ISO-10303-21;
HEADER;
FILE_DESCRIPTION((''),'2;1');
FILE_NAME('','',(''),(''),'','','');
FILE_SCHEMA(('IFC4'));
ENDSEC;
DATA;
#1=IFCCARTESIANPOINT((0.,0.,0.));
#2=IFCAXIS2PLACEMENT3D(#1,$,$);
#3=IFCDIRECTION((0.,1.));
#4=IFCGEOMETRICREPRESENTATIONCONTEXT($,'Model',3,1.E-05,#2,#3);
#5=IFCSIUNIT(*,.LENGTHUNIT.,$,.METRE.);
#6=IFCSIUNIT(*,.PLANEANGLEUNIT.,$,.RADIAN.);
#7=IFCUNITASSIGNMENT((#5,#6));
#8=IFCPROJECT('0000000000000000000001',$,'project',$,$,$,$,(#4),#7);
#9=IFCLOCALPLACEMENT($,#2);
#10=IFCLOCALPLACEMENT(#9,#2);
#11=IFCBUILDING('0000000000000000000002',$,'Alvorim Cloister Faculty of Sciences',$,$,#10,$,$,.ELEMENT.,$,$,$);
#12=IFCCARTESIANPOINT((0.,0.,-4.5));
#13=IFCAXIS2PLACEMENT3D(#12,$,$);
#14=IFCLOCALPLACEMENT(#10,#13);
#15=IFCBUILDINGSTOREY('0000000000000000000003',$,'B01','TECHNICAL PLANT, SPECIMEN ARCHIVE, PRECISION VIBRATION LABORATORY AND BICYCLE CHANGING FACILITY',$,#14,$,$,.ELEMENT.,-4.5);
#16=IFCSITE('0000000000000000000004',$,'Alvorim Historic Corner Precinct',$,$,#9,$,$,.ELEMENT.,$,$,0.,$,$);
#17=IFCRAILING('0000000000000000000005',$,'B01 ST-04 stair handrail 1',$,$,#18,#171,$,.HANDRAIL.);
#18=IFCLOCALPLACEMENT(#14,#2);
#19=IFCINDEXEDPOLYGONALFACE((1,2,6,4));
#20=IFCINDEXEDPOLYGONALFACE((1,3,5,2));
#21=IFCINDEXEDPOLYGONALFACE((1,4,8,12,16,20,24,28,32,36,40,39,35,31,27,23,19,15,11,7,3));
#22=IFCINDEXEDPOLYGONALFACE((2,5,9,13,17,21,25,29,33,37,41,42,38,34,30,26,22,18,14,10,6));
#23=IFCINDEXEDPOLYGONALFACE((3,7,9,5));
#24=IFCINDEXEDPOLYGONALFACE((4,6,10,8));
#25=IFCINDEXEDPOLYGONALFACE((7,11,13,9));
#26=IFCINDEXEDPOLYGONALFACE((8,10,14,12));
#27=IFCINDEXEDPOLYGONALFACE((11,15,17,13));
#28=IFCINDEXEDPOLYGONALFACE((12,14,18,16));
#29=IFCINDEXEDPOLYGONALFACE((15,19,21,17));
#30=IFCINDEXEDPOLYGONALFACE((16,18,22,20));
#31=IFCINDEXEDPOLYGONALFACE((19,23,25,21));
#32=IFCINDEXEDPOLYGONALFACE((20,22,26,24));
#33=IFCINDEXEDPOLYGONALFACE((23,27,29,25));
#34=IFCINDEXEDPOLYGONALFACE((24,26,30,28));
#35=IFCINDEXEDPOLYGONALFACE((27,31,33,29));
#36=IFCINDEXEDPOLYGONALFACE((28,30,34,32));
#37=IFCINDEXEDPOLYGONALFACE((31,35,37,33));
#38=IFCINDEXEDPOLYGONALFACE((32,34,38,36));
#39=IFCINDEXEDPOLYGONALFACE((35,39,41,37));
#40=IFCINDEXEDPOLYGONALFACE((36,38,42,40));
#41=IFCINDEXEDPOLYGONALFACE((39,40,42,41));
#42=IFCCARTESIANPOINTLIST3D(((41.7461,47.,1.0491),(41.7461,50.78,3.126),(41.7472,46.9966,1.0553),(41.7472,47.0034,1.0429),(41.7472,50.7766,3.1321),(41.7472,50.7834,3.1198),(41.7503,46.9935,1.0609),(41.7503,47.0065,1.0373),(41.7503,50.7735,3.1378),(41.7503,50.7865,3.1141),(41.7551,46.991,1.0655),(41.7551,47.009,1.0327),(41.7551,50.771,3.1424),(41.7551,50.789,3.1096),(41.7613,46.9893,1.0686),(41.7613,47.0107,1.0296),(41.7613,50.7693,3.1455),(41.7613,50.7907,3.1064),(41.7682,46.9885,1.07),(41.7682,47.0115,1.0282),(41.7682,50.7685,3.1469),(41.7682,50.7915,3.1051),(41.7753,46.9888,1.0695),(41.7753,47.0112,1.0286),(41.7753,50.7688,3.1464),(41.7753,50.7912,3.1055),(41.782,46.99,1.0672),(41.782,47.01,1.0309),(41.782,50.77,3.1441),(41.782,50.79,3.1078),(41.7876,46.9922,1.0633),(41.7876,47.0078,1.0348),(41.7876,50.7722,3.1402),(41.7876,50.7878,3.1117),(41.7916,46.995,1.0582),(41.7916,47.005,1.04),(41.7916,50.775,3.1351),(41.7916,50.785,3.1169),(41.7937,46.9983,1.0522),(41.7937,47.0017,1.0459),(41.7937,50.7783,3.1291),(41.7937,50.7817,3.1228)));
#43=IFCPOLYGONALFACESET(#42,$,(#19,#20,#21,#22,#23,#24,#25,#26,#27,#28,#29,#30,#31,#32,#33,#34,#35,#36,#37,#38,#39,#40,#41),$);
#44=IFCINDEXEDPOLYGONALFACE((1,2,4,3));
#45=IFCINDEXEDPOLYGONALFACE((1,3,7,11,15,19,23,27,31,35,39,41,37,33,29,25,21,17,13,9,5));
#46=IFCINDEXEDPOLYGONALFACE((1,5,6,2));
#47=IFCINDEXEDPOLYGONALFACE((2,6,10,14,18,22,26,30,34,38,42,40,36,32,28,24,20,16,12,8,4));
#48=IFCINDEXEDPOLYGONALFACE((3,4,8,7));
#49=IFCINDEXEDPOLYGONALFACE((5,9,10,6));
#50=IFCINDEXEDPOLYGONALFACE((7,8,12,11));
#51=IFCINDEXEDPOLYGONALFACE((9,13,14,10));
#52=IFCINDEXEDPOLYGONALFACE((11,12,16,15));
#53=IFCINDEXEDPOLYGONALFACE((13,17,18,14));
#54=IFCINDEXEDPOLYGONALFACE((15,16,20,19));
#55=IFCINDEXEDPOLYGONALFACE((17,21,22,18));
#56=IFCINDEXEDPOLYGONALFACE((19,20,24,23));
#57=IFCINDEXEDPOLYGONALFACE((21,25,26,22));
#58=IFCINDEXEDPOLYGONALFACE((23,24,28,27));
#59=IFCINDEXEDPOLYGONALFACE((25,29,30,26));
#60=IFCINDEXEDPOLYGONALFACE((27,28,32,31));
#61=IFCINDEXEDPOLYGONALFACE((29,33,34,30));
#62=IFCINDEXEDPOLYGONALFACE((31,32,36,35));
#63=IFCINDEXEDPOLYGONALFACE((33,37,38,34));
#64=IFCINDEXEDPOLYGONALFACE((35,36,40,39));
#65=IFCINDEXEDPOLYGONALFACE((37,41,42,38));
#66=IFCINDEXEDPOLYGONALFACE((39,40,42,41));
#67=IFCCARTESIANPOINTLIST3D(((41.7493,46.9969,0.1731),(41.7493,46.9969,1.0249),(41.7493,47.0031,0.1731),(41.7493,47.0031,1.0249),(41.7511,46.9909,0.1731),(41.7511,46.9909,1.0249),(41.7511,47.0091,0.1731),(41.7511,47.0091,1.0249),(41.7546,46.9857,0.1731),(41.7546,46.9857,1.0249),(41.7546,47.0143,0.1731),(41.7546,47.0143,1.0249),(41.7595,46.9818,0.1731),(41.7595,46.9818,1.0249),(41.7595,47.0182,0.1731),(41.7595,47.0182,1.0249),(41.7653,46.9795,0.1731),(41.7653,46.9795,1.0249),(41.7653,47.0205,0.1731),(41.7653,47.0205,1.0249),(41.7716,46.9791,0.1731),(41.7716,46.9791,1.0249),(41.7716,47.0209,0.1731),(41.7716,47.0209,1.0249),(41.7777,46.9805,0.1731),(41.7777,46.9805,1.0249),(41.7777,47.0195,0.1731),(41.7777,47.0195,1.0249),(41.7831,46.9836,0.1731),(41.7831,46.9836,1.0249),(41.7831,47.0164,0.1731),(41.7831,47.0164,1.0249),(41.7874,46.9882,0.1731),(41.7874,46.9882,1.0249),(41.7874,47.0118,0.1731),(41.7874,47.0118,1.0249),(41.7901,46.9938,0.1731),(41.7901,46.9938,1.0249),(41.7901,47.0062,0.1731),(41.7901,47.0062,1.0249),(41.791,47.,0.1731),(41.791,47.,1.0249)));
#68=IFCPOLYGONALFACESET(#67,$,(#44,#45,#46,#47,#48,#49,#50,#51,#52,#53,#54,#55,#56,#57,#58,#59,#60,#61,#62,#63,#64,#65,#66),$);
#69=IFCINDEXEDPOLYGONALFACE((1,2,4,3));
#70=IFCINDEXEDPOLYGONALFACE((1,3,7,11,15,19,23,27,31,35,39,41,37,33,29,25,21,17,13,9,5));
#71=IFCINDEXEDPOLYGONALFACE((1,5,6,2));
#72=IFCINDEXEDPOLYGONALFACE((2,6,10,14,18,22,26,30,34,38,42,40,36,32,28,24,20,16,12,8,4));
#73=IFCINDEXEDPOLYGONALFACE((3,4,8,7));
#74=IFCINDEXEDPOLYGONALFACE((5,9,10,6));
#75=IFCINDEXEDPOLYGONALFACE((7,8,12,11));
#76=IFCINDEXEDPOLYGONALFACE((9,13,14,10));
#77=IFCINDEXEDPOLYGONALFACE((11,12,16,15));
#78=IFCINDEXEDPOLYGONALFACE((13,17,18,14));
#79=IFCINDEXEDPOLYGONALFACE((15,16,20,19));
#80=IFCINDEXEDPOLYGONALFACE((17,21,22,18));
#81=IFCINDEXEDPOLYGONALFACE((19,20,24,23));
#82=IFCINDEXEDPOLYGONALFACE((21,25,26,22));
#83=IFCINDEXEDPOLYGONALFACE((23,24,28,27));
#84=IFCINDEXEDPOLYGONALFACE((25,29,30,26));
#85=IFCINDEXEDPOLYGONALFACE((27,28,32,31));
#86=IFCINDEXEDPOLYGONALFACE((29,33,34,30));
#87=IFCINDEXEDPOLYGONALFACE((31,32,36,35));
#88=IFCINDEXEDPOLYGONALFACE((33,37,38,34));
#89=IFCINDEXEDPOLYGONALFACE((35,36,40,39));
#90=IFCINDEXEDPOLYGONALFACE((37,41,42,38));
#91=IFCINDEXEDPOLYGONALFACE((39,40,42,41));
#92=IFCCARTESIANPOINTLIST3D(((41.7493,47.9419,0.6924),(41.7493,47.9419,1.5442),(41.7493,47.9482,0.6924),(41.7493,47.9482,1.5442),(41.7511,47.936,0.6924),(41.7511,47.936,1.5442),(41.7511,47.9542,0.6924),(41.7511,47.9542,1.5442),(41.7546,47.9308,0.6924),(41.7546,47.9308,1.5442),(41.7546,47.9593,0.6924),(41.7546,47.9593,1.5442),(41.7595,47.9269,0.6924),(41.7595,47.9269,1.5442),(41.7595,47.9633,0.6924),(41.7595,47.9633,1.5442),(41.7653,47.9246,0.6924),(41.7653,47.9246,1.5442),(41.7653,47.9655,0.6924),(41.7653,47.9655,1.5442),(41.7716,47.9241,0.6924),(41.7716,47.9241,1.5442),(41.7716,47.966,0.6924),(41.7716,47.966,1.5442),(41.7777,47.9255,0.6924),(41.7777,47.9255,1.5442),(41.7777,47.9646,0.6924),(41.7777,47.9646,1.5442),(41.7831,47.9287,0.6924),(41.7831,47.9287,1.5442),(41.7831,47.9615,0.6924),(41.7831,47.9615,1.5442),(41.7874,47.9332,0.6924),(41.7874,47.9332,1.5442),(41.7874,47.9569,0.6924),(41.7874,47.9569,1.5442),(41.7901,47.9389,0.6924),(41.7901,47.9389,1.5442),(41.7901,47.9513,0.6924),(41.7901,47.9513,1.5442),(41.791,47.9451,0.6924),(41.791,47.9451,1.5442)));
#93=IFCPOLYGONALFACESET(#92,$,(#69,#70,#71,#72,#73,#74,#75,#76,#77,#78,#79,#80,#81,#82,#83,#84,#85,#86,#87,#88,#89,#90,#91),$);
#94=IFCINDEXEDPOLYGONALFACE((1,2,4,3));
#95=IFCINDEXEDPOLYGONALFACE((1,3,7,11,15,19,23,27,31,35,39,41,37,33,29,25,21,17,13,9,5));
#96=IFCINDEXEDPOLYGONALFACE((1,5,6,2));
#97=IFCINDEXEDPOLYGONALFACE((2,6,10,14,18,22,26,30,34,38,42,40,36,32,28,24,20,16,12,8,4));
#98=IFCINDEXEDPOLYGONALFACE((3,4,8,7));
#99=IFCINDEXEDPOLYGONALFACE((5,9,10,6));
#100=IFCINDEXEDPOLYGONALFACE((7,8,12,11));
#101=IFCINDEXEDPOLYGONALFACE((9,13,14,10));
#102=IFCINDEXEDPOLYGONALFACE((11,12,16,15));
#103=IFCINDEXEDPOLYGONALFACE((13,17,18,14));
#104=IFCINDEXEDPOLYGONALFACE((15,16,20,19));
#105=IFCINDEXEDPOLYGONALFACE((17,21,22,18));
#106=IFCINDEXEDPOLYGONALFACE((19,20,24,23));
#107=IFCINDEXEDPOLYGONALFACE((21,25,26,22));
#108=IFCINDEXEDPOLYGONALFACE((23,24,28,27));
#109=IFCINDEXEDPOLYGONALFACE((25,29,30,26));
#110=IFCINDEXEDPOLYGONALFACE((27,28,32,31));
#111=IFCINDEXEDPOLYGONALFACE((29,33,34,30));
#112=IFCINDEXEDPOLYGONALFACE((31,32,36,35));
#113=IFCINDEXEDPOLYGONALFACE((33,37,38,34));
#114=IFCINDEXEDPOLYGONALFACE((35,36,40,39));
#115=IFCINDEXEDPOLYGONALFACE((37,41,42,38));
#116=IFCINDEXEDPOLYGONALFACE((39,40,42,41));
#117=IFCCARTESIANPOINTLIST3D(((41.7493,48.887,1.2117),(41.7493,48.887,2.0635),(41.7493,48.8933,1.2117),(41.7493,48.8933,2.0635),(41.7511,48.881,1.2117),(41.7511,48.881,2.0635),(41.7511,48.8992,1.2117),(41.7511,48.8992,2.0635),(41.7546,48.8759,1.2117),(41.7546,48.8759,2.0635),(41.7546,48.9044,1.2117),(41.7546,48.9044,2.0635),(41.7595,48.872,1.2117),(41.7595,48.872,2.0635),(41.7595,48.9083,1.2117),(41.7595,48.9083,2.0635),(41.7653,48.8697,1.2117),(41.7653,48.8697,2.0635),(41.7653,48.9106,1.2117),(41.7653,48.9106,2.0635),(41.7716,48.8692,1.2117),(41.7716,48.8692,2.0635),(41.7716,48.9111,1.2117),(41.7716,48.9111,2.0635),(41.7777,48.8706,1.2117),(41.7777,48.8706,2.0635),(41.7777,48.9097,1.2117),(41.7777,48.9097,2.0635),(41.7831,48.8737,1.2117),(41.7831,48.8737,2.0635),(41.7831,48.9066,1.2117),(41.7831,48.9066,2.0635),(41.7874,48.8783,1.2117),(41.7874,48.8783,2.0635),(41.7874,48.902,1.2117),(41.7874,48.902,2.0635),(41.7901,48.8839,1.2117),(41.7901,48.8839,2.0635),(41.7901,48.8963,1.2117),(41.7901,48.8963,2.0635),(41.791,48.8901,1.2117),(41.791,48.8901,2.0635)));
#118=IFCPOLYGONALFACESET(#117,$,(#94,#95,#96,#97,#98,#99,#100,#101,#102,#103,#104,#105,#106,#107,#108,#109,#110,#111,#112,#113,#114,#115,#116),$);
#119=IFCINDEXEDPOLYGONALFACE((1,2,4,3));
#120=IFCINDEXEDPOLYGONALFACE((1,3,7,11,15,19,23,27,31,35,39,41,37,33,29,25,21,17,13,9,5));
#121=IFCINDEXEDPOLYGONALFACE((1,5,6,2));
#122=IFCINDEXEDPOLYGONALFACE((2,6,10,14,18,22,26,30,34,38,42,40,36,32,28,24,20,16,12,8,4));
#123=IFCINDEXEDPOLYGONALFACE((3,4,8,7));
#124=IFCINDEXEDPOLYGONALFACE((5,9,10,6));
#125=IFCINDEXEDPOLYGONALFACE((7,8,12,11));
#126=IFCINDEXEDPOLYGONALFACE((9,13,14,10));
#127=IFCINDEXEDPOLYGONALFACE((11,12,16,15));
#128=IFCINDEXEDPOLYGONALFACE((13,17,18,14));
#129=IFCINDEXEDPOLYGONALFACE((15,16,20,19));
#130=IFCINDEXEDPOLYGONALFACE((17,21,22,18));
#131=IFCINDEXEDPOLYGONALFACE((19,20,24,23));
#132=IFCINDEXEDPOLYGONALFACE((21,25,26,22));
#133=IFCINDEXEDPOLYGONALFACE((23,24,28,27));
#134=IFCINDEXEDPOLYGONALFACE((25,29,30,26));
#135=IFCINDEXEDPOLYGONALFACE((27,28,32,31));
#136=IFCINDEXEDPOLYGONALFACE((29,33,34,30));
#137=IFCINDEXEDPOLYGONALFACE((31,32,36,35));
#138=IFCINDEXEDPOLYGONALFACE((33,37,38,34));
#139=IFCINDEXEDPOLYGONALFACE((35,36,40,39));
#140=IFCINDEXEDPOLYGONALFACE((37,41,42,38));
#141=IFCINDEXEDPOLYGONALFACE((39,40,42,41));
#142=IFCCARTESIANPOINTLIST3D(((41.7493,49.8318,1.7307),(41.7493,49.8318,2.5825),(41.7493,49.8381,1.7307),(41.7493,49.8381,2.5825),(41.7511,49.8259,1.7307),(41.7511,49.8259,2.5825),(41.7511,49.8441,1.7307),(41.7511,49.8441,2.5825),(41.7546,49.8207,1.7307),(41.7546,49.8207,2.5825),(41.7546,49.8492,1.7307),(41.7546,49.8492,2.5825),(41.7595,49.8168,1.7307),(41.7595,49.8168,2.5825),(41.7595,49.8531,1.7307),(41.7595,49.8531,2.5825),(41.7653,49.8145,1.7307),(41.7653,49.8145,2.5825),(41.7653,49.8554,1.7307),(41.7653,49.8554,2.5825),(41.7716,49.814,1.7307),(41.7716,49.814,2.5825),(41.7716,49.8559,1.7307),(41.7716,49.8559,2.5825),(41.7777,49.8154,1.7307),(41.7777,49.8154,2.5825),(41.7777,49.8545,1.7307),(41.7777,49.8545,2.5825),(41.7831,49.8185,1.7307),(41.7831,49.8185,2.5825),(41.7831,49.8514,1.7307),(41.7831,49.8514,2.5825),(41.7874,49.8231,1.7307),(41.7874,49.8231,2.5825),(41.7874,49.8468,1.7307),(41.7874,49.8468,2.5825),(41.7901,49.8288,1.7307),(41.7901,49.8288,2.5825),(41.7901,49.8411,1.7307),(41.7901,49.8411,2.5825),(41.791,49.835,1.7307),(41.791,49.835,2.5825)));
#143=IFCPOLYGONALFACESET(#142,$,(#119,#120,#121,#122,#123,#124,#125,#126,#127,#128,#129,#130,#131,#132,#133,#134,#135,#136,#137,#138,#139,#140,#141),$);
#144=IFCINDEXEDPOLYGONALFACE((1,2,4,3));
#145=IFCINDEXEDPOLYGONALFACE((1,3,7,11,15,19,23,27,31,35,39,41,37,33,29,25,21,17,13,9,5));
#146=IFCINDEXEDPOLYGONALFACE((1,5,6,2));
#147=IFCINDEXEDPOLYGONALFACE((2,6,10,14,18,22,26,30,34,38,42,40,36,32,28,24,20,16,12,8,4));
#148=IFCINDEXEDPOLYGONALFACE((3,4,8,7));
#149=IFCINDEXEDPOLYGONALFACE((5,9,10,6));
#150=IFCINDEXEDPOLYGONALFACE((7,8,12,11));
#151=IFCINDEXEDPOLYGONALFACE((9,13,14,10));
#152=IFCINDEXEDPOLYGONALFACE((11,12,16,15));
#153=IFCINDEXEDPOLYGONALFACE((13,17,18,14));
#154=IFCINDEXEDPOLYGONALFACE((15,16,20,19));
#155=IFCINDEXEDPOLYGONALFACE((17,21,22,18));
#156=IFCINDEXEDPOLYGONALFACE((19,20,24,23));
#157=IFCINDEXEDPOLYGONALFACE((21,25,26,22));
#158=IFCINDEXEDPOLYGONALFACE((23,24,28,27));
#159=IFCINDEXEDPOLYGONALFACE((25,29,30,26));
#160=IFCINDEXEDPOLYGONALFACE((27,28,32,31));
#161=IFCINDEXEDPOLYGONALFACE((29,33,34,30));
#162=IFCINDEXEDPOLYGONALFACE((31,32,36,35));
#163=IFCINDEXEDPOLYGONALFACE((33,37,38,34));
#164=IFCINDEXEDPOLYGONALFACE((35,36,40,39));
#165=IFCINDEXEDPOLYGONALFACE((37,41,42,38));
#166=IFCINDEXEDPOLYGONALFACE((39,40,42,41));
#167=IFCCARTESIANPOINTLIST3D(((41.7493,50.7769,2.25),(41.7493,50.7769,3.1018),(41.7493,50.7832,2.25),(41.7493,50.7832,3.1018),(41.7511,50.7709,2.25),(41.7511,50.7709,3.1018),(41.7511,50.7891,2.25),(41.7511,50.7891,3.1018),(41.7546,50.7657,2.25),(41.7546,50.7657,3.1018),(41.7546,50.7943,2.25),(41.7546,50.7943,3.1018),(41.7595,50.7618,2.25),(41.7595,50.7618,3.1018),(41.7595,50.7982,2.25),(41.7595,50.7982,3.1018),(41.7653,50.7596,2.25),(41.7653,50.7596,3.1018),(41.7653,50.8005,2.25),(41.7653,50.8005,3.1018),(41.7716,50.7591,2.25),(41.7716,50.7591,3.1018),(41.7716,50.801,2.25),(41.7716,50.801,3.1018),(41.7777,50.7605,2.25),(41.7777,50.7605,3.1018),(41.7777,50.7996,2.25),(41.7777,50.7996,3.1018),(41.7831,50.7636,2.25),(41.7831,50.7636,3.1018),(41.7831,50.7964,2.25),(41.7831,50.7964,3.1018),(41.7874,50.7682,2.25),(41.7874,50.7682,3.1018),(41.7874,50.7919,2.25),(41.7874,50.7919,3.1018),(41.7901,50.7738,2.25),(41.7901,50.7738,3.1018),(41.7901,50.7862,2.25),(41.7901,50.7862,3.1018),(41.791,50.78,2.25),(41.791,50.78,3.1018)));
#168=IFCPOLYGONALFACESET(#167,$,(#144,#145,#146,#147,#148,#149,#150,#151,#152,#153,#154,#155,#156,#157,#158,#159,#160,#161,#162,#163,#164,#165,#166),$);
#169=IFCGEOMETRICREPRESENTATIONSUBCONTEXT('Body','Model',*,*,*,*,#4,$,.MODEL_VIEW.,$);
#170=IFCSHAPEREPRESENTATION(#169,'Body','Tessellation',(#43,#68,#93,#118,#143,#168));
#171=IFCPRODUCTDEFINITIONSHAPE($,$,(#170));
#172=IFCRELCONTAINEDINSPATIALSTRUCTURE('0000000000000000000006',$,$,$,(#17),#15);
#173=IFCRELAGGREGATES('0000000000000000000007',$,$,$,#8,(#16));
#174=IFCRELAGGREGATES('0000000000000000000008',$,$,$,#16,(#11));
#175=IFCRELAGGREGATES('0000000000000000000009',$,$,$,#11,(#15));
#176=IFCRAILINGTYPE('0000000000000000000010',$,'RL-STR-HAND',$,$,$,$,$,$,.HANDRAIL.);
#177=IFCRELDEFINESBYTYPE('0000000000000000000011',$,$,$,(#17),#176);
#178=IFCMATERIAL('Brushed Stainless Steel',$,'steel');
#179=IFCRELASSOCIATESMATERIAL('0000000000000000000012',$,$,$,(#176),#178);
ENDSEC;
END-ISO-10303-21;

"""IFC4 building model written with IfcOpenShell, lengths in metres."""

from ifc_helpers import new_model, si_unit, direction, frame, origin, origin_2d, place, context, subcontext, project, spatial, circle, extrude, material, type_object, element, save


model = new_model("IFC4")

# Units and contexts
model_context = context("Model", 3, precision=1e-05, world=origin(), true_north=direction((0.0, 1.0)))
body_context = subcontext(model_context, "Body", "Model", "MODEL_VIEW")
ifc_project = project(units=[si_unit("LENGTHUNIT", "METRE"), si_unit("PLANEANGLEUNIT", "RADIAN")], contexts=[model_context])

# Site, building, storey
site_placement = place(None, origin())
site = spatial("IfcSite", under=ifc_project, at=site_placement, Name="Alvorim Historic Corner Precinct", CompositionType="ELEMENT", RefElevation=0.0)
building_placement = place(site_placement, origin())
building = spatial("IfcBuilding", under=site, at=building_placement, Name="Alvorim Cloister Faculty of Sciences", CompositionType="ELEMENT")
storey_placement = place(building_placement, frame((0.0, 0.0, -4.5)))
storey = spatial("IfcBuildingStorey", under=building, at=storey_placement, Name="B01", Description="TECHNICAL PLANT, SPECIMEN ARCHIVE, PRECISION VIBRATION LABORATORY AND BICYCLE CHANGING FACILITY", CompositionType="ELEMENT", Elevation=-4.5)

# Shared definitions
ifc_material_1 = material(Name="Brushed Stainless Steel", Category="steel")

# Railing
railing_type_1 = type_object("IfcRailingType", Name="RL-STR-HAND", PredefinedType="HANDRAIL", material=ifc_material_1)
railing_1_placement = place(storey_placement, frame((41.77, 47.0, 0.1731)))
element("IfcRailing", 1, at=railing_1_placement, inside=storey, type_object=railing_type_1, Name="B01 ST-04 stair handrail 1", PredefinedType="HANDRAIL", context=body_context, shape_type="SweptSolid", body=[
    extrude(circle(Radius=0.0239, at=origin_2d()), frame((0.0, 0.0, 0.876), z_axis=(0.0, 0.876423, 0.481543), x_axis=(-1.0, 0.0, 0.0)), (0.0, 0.0, 1.0), 4.313),
    extrude(circle(Radius=0.021, at=origin_2d()), origin(), (0.0, 0.0, 1.0), 0.8518),
    extrude(circle(Radius=0.021, at=origin_2d()), frame((0.0, 0.9451, 0.5193)), (0.0, 0.0, 1.0), 0.8518),
    extrude(circle(Radius=0.021, at=origin_2d()), frame((0.0, 1.8901, 1.0386)), (0.0, 0.0, 1.0), 0.8518),
    extrude(circle(Radius=0.021, at=origin_2d()), frame((0.0, 2.835, 1.5576)), (0.0, 0.0, 1.0), 0.8518),
    extrude(circle(Radius=0.021, at=origin_2d()), frame((0.0, 3.78, 2.0769)), (0.0, 0.0, 1.0), 0.8518),
])

save(model, "model.ifc")
